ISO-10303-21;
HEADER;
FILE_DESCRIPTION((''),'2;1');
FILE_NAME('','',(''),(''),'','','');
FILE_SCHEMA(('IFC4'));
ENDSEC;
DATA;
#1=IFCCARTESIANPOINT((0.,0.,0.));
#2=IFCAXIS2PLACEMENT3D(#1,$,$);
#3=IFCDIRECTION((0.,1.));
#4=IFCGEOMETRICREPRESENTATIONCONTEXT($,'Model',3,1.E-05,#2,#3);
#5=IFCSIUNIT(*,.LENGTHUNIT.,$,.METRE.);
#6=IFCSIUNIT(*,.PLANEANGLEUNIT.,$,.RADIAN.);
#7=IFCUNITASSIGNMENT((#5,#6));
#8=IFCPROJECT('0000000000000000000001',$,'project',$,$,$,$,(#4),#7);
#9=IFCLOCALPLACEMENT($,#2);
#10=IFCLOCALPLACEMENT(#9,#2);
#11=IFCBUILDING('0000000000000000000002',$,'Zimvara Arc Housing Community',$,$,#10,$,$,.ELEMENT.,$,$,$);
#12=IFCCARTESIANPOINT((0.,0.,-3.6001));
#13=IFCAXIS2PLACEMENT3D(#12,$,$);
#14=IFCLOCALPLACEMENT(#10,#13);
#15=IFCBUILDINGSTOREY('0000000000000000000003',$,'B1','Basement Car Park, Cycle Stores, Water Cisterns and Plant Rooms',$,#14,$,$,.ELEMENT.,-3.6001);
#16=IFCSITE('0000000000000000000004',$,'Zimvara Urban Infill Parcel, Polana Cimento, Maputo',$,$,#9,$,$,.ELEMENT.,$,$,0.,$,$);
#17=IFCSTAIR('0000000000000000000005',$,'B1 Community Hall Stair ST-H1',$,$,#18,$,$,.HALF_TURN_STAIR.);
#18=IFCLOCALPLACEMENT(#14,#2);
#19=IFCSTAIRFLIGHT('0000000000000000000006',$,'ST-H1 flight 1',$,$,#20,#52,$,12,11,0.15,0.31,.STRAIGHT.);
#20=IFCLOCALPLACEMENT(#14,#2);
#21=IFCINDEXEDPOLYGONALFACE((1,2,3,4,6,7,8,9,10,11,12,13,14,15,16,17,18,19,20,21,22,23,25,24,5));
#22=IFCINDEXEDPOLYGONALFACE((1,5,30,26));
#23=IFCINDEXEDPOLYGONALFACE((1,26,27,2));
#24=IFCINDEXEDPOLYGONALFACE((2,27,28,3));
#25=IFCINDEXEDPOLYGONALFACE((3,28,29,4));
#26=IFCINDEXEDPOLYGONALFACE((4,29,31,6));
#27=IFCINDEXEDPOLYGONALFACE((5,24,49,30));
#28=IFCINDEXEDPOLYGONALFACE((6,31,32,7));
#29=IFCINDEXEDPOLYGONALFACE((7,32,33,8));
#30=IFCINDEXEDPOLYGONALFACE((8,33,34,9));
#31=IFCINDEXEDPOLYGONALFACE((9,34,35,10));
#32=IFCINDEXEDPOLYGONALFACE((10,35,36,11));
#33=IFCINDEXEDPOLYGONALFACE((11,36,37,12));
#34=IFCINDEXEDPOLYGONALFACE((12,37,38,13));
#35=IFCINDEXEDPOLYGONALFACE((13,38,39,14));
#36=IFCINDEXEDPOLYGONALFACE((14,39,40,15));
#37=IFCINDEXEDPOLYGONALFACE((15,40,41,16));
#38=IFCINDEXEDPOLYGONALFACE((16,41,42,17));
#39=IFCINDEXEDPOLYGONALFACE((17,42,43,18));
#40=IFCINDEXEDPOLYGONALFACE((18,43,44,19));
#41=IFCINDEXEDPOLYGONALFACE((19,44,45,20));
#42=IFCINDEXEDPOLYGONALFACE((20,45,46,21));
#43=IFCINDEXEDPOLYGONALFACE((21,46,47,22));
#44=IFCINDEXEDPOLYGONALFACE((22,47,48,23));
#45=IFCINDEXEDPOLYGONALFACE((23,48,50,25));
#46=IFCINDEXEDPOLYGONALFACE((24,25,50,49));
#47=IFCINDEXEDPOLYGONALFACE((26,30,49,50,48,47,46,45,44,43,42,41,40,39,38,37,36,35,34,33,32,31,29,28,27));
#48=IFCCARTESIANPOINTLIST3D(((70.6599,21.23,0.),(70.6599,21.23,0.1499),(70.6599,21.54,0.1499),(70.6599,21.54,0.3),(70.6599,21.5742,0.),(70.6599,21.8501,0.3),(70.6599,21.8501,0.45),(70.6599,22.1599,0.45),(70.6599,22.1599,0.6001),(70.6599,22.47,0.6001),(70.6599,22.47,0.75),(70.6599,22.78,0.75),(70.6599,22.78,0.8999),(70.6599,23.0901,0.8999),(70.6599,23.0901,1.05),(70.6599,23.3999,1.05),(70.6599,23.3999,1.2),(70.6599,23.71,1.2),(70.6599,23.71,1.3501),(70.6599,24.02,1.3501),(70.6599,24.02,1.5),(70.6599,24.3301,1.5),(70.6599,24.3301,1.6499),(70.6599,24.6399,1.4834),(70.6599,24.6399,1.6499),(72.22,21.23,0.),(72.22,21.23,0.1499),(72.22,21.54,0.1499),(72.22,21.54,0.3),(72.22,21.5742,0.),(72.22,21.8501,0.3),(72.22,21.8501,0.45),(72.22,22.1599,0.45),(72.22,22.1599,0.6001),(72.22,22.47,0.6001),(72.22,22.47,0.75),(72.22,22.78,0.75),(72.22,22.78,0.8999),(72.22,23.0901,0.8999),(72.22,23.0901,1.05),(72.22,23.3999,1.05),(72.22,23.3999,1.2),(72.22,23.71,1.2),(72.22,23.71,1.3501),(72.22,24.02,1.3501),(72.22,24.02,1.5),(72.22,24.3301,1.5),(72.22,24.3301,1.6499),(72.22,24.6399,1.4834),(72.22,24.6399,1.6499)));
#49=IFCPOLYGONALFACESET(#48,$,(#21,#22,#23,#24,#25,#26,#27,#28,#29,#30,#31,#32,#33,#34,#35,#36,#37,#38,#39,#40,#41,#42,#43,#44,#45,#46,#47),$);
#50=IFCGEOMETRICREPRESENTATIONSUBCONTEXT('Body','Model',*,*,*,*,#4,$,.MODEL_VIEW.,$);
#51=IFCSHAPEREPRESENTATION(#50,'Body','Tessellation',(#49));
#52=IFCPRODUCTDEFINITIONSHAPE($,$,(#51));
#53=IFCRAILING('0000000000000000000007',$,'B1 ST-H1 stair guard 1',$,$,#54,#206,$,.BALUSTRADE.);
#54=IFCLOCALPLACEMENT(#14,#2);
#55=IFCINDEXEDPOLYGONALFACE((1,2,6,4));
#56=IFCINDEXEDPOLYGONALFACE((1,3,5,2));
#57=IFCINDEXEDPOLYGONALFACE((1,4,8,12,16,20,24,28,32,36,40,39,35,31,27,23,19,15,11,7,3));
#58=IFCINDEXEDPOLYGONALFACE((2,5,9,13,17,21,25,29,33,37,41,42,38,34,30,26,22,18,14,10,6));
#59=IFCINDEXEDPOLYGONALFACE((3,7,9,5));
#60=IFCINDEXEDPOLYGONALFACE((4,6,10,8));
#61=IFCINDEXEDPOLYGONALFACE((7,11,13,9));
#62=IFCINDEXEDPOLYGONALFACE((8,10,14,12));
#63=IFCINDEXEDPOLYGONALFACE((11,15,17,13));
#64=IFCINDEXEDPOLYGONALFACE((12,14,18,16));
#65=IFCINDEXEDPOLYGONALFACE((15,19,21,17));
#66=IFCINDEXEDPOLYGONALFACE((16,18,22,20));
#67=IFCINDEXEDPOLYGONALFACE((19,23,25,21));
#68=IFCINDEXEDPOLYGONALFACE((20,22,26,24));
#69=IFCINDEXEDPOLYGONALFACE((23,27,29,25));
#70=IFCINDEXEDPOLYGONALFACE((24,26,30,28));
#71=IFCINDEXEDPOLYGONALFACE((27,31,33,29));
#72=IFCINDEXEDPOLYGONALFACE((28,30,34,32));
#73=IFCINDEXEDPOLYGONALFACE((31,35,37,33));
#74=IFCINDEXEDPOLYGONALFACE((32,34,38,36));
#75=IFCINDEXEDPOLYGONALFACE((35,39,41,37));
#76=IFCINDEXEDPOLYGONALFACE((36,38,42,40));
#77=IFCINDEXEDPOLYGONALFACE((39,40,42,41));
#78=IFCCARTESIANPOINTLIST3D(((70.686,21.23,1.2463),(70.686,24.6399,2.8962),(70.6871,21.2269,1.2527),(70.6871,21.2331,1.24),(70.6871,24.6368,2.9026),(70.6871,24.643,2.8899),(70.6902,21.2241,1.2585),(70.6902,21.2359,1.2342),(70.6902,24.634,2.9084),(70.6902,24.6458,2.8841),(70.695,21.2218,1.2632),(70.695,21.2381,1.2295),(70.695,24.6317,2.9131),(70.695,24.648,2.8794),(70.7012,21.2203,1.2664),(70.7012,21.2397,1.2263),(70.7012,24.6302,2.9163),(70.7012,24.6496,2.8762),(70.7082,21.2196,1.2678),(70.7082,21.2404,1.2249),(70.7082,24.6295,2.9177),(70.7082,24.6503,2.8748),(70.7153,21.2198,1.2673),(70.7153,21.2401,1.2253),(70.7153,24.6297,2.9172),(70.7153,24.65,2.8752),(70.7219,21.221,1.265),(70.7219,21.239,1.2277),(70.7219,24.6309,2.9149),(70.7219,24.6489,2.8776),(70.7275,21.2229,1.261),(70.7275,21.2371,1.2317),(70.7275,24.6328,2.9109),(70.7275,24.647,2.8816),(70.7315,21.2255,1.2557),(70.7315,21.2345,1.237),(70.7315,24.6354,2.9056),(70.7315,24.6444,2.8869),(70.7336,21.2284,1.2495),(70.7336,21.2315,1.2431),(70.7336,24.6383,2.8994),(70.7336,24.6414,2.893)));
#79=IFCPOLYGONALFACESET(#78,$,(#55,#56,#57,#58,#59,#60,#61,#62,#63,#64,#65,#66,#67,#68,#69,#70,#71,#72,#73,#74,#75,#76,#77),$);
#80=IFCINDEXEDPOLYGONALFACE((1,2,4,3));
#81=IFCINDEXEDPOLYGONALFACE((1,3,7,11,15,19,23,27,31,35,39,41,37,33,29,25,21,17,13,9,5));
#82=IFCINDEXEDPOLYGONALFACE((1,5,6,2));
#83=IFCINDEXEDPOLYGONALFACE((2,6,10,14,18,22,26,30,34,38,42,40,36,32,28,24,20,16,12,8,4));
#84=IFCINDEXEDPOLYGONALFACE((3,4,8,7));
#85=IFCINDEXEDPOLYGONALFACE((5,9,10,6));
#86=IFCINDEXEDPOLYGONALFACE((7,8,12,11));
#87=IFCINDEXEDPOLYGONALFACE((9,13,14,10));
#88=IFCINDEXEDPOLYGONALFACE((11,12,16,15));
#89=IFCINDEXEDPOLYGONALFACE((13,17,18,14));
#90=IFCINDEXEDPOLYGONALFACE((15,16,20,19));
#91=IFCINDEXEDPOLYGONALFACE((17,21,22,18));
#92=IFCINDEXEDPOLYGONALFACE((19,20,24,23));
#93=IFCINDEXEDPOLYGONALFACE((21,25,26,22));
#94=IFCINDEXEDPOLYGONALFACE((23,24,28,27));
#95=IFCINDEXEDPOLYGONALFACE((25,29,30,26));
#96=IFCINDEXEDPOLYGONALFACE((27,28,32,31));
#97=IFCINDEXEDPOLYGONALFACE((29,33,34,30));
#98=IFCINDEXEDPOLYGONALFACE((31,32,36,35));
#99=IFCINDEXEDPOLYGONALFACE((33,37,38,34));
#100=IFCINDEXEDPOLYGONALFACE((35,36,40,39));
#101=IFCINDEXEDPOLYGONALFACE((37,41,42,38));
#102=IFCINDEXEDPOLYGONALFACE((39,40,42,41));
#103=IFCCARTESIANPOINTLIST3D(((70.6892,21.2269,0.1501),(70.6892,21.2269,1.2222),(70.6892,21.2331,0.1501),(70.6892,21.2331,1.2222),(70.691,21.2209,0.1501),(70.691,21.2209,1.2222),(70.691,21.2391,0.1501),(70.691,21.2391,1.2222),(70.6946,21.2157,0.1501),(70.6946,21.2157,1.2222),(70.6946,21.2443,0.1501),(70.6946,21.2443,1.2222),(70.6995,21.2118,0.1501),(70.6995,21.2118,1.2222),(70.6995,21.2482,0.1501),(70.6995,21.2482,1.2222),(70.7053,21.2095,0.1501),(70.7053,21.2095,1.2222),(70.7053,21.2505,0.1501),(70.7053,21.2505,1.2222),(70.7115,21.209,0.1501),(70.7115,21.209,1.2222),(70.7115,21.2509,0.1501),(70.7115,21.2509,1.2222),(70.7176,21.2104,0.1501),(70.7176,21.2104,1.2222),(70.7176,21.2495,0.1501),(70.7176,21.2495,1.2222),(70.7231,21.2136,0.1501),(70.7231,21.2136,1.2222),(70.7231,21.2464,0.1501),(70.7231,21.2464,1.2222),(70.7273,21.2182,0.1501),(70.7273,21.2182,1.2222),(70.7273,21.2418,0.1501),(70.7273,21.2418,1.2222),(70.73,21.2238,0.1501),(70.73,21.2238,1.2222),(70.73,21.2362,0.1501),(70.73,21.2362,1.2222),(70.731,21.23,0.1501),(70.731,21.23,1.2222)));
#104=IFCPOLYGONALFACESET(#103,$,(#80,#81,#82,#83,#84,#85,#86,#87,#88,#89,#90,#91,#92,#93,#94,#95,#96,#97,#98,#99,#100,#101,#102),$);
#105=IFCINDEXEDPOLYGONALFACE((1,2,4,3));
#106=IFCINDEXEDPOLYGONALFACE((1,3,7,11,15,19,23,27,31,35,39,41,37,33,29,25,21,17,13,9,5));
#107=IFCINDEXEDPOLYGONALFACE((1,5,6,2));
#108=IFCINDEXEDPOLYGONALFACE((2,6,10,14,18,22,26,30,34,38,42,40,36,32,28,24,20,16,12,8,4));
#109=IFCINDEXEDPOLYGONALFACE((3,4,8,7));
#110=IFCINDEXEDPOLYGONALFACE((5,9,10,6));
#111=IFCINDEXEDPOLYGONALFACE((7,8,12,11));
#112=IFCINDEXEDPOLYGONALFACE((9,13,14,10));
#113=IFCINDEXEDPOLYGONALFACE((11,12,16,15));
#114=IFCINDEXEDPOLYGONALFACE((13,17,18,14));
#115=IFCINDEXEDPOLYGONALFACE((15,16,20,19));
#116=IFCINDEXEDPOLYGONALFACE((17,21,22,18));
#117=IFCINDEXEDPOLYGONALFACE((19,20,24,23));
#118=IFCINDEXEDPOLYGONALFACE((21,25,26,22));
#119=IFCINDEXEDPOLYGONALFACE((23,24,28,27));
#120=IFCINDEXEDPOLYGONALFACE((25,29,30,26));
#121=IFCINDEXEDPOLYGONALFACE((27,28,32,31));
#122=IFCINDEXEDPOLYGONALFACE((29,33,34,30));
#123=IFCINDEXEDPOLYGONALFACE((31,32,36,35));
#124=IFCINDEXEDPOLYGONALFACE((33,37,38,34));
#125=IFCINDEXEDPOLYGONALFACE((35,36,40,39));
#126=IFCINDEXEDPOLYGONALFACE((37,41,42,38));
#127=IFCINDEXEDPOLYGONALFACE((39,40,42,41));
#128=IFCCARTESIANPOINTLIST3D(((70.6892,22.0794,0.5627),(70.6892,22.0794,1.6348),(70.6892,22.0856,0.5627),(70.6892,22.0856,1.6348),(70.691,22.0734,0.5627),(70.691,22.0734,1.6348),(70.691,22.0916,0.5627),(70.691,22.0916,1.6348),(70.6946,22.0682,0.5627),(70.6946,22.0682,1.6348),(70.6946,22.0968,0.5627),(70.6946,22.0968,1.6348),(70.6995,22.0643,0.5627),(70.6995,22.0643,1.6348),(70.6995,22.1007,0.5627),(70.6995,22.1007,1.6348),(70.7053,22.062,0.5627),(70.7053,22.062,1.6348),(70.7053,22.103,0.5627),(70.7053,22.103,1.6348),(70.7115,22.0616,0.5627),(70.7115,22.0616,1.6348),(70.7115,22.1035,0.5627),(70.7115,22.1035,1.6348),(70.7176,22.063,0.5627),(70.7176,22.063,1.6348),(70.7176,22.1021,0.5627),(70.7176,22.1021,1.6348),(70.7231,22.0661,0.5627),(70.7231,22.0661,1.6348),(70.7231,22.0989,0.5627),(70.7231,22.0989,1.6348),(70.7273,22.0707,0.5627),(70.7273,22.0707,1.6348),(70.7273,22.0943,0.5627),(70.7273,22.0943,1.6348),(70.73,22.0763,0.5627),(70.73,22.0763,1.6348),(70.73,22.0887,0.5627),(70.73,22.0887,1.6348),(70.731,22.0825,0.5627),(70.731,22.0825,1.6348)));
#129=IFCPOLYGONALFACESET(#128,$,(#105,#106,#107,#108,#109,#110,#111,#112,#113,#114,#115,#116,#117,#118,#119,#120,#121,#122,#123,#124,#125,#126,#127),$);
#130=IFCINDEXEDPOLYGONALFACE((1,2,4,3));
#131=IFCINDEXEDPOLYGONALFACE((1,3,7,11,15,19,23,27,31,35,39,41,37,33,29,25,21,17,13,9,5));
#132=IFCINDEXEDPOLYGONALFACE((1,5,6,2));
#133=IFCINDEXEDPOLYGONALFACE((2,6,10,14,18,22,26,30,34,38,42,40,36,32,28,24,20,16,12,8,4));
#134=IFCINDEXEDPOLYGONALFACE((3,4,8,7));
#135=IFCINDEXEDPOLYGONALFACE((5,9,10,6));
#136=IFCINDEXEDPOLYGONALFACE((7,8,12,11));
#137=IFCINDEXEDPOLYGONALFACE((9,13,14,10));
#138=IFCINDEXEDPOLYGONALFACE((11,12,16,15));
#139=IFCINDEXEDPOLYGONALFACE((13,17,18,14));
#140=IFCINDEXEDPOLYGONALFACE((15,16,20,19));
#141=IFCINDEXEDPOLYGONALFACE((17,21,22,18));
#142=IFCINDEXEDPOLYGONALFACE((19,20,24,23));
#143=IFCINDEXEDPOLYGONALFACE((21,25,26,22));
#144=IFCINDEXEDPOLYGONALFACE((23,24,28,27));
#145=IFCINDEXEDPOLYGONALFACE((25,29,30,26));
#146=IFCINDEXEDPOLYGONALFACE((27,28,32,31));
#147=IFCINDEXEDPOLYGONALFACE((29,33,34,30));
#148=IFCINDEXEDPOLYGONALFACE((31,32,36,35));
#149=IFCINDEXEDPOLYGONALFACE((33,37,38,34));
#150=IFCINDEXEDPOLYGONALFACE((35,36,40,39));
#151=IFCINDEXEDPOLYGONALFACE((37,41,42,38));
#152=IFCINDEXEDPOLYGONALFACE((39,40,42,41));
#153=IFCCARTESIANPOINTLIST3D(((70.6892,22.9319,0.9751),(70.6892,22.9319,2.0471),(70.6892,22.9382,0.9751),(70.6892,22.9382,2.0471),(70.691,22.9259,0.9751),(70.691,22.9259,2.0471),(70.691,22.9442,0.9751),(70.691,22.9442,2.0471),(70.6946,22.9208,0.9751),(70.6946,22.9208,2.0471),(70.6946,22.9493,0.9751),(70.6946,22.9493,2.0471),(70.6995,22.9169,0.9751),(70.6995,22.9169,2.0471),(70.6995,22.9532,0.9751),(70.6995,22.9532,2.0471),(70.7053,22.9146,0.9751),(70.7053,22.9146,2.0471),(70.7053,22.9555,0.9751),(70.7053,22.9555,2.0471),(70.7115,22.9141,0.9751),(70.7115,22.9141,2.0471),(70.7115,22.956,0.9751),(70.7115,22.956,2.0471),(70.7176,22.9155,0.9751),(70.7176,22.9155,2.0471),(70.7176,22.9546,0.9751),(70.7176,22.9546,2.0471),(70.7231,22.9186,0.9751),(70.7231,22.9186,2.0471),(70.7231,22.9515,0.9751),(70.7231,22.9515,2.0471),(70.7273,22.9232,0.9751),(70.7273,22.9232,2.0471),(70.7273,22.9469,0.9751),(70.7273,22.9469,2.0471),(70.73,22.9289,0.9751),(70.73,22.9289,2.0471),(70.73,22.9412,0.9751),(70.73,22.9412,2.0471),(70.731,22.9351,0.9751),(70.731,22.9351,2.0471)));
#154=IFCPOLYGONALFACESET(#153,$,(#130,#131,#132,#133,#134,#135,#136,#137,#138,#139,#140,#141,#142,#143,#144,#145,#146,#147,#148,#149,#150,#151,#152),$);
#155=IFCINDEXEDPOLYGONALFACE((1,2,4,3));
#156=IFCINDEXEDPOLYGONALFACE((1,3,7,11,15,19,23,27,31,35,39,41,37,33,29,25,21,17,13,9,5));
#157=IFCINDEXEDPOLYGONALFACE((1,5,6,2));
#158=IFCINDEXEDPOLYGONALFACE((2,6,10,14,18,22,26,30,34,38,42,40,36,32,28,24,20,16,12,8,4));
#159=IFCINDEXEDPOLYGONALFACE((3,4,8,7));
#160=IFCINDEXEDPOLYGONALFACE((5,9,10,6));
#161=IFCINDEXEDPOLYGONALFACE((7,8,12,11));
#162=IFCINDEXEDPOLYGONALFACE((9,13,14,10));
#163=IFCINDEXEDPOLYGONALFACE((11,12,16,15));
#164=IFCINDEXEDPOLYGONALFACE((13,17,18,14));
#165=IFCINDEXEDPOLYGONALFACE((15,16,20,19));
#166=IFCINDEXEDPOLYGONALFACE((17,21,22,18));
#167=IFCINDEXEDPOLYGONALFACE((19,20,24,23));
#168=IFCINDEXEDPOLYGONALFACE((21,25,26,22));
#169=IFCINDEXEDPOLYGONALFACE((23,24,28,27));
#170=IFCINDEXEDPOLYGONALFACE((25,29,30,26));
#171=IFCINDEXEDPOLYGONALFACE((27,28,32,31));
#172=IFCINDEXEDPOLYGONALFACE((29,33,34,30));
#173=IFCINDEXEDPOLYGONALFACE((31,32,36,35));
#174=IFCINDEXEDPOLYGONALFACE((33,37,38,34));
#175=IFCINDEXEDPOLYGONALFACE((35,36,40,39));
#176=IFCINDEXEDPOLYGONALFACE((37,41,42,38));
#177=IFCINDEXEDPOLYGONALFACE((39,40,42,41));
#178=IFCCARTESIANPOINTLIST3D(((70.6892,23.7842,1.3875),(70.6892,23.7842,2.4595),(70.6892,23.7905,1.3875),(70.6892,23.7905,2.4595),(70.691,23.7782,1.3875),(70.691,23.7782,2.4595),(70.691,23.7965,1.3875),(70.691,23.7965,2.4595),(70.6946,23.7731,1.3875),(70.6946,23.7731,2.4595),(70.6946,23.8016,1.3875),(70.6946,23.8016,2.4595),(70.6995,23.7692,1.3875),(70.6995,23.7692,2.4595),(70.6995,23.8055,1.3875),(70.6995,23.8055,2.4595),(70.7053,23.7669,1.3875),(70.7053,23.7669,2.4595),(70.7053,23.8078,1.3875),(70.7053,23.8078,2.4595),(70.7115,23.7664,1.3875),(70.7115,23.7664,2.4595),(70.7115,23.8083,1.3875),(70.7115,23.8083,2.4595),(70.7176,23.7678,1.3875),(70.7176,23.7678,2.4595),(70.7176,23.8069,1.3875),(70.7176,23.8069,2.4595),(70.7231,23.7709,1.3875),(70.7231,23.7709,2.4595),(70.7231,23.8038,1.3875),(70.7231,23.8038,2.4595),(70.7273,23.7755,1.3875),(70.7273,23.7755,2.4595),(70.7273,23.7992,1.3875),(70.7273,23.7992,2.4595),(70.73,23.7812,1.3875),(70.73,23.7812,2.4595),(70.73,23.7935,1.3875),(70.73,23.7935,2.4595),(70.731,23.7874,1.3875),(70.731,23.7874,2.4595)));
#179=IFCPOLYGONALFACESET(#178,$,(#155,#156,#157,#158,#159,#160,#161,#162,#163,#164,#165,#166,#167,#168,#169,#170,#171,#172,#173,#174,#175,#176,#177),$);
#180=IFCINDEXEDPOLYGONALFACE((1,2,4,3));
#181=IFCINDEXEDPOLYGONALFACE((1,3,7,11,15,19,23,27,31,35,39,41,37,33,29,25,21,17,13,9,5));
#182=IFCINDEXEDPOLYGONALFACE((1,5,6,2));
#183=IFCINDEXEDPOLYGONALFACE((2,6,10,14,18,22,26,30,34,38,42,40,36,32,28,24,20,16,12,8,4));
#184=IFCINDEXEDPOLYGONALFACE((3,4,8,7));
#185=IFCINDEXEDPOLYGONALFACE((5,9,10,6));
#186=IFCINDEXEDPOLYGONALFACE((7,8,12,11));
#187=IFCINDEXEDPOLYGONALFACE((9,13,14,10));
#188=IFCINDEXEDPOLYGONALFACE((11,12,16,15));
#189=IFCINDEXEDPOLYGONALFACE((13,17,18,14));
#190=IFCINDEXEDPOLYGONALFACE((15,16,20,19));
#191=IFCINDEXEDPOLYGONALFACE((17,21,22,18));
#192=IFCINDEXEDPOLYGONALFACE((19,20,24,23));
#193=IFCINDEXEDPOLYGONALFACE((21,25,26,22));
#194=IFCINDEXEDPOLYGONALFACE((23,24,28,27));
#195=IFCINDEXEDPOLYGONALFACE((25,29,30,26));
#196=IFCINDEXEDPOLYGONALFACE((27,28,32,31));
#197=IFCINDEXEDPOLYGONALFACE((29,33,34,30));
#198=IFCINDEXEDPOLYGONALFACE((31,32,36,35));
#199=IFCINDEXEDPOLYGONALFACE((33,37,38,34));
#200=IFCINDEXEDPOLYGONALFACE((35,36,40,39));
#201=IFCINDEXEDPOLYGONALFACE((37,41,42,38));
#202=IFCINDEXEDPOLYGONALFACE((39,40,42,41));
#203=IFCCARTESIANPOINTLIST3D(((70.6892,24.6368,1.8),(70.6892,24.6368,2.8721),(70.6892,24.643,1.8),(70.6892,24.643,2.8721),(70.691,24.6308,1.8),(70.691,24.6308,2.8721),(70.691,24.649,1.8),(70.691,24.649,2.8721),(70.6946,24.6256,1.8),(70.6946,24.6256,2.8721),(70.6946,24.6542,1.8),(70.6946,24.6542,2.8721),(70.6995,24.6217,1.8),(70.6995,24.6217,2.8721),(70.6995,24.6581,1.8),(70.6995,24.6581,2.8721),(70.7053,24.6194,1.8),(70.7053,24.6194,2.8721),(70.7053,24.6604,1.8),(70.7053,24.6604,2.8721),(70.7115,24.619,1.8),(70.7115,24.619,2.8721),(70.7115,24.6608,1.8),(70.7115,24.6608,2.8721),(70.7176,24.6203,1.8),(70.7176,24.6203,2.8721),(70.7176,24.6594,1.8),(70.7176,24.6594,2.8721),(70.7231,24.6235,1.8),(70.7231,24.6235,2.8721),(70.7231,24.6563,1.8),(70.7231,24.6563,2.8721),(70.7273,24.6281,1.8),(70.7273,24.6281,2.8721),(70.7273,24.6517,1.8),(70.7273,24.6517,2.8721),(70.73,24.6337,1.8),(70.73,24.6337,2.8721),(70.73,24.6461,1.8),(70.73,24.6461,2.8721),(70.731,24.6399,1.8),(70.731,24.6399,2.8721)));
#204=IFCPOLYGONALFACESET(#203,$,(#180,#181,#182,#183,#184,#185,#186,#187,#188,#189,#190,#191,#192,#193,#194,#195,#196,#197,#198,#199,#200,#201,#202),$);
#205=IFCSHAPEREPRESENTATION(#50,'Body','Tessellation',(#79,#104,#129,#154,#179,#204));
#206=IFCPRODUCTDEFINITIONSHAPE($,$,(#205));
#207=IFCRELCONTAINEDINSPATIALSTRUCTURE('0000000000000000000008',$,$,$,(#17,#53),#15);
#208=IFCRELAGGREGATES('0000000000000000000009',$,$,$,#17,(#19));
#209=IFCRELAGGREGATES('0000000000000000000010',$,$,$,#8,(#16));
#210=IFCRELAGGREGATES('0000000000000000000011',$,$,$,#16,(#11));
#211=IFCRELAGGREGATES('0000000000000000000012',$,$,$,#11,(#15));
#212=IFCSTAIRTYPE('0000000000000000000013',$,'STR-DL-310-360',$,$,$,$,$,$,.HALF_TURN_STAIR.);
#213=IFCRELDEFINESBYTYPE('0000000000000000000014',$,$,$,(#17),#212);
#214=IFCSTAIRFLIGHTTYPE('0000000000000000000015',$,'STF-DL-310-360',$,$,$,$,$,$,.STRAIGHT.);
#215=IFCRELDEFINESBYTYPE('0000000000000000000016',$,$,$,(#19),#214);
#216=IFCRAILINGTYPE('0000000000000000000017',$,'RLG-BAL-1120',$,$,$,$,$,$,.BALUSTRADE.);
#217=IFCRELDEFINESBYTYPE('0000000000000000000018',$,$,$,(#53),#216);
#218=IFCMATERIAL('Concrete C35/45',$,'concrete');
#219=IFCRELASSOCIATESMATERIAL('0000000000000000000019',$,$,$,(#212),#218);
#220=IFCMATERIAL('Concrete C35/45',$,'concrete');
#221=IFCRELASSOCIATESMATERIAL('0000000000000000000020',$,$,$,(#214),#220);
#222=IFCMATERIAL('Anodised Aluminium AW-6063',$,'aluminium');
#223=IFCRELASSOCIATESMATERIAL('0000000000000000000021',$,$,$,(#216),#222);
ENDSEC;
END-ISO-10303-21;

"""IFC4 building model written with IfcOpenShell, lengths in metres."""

from ifc_helpers import new_model, si_unit, direction, frame, origin, origin_2d, place, context, subcontext, project, spatial, polyline, circle, outline, extrude, material, type_object, element, aggregate, save


model = new_model("IFC4")

# Units and contexts
model_context = context("Model", 3, precision=1e-05, world=origin(), true_north=direction((0.0, 1.0)))
body_context = subcontext(model_context, "Body", "Model", "MODEL_VIEW")
ifc_project = project(units=[si_unit("LENGTHUNIT", "METRE"), si_unit("PLANEANGLEUNIT", "RADIAN")], contexts=[model_context])

# Site, building, storey
site_placement = place(None, origin())
site = spatial("IfcSite", under=ifc_project, at=site_placement, Name="Zimvara Urban Infill Parcel, Polana Cimento, Maputo", CompositionType="ELEMENT", RefElevation=0.0)
building_placement = place(site_placement, origin())
building = spatial("IfcBuilding", under=site, at=building_placement, Name="Zimvara Arc Housing Community", CompositionType="ELEMENT")
storey_placement = place(building_placement, frame((0.0, 0.0, -3.6001)))
storey = spatial("IfcBuildingStorey", under=building, at=storey_placement, Name="B1", Description="Basement Car Park, Cycle Stores, Water Cisterns and Plant Rooms", CompositionType="ELEMENT", Elevation=-3.6001)

# Stair, stair flight
ifc_material_1 = material(Name="Concrete C35/45", Category="concrete")
stair_type = type_object("IfcStairType", Name="STR-DL-310-360", PredefinedType="HALF_TURN_STAIR", material=ifc_material_1)
stair_placement = place(storey_placement, origin())
stair = element("IfcStair", 1, at=stair_placement, inside=storey, type_object=stair_type, Name="B1 Community Hall Stair ST-H1", PredefinedType="HALF_TURN_STAIR")
ifc_material_2 = material(Name="Concrete C35/45", Category="concrete")
stair_flight_type = type_object("IfcStairFlightType", Name="STF-DL-310-360", PredefinedType="STRAIGHT", material=ifc_material_2)
stair_flight_placement = place(storey_placement, frame((71.4399, 21.23, 0.0), z_axis=(0.0, 0.0, 1.0), x_axis=(0.0, 1.0, 0.0)))
stair_flight = element("IfcStairFlight", 2, at=stair_flight_placement, type_object=stair_flight_type, Name="ST-H1 flight 1", NumberOfRisers=12, NumberOfTreads=11, PredefinedType="STRAIGHT", RiserHeight=0.15, TreadLength=0.31, context=body_context, shape_type="SweptSolid", body=[
    extrude(outline(polyline([(0.0, 0.0), (0.0, 0.1499), (0.3101, 0.1499), (0.3101, 0.3), (0.6201, 0.3), (0.6201, 0.45), (0.9299, 0.45), (0.9299, 0.6001), (1.24, 0.6001), (1.24, 0.75), (1.55, 0.75), (1.55, 0.8999), (1.8601, 0.8999), (1.8601, 1.05), (2.1699, 1.05), (2.1699, 1.2), (2.48, 1.2), (2.48, 1.3501), (2.79, 1.3501), (2.79, 1.5), (3.1001, 1.5), (3.1001, 1.6499), (3.4099, 1.6499), (3.4099, 1.8), (3.4099, 1.4834), (0.3442, 0.0), (0.0, 0.0)])), frame((0.0, 0.78, 0.0), z_axis=(0.0, -1.0, 0.0), x_axis=(1.0, 0.0, 0.0)), (0.0, 0.0, 1.0), 1.5601),
])
aggregate(stair, [stair_flight])

# Railing
ifc_material_3 = material(Name="Anodised Aluminium AW-6063", Category="aluminium")
railing_type_1 = type_object("IfcRailingType", Name="RLG-BAL-1120", PredefinedType="BALUSTRADE", material=ifc_material_3)
railing_1_placement = place(storey_placement, frame((70.71, 21.23, 0.1501)))
element("IfcRailing", 3, at=railing_1_placement, inside=storey, type_object=railing_type_1, Name="B1 ST-H1 stair guard 1", PredefinedType="BALUSTRADE", context=body_context, shape_type="SweptSolid", body=[
    extrude(circle(Radius=0.0239, at=origin_2d()), frame((0.0, 0.0, 1.0962), z_axis=(0.0, 0.900165, 0.435549), x_axis=(-1.0, 0.0, 0.0)), (0.0, 0.0, 1.0), 3.7881),
    extrude(circle(Radius=0.021, at=origin_2d()), origin(), (0.0, 0.0, 1.0), 1.072),
    extrude(circle(Radius=0.021, at=origin_2d()), frame((0.0, 0.8525, 0.4126)), (0.0, 0.0, 1.0), 1.072),
    extrude(circle(Radius=0.021, at=origin_2d()), frame((0.0, 1.7051, 0.825)), (0.0, 0.0, 1.0), 1.072),
    extrude(circle(Radius=0.021, at=origin_2d()), frame((0.0, 2.5574, 1.2373)), (0.0, 0.0, 1.0), 1.072),
    extrude(circle(Radius=0.021, at=origin_2d()), frame((0.0, 3.4099, 1.6499)), (0.0, 0.0, 1.0), 1.072),
])

save(model, "model.ifc")
